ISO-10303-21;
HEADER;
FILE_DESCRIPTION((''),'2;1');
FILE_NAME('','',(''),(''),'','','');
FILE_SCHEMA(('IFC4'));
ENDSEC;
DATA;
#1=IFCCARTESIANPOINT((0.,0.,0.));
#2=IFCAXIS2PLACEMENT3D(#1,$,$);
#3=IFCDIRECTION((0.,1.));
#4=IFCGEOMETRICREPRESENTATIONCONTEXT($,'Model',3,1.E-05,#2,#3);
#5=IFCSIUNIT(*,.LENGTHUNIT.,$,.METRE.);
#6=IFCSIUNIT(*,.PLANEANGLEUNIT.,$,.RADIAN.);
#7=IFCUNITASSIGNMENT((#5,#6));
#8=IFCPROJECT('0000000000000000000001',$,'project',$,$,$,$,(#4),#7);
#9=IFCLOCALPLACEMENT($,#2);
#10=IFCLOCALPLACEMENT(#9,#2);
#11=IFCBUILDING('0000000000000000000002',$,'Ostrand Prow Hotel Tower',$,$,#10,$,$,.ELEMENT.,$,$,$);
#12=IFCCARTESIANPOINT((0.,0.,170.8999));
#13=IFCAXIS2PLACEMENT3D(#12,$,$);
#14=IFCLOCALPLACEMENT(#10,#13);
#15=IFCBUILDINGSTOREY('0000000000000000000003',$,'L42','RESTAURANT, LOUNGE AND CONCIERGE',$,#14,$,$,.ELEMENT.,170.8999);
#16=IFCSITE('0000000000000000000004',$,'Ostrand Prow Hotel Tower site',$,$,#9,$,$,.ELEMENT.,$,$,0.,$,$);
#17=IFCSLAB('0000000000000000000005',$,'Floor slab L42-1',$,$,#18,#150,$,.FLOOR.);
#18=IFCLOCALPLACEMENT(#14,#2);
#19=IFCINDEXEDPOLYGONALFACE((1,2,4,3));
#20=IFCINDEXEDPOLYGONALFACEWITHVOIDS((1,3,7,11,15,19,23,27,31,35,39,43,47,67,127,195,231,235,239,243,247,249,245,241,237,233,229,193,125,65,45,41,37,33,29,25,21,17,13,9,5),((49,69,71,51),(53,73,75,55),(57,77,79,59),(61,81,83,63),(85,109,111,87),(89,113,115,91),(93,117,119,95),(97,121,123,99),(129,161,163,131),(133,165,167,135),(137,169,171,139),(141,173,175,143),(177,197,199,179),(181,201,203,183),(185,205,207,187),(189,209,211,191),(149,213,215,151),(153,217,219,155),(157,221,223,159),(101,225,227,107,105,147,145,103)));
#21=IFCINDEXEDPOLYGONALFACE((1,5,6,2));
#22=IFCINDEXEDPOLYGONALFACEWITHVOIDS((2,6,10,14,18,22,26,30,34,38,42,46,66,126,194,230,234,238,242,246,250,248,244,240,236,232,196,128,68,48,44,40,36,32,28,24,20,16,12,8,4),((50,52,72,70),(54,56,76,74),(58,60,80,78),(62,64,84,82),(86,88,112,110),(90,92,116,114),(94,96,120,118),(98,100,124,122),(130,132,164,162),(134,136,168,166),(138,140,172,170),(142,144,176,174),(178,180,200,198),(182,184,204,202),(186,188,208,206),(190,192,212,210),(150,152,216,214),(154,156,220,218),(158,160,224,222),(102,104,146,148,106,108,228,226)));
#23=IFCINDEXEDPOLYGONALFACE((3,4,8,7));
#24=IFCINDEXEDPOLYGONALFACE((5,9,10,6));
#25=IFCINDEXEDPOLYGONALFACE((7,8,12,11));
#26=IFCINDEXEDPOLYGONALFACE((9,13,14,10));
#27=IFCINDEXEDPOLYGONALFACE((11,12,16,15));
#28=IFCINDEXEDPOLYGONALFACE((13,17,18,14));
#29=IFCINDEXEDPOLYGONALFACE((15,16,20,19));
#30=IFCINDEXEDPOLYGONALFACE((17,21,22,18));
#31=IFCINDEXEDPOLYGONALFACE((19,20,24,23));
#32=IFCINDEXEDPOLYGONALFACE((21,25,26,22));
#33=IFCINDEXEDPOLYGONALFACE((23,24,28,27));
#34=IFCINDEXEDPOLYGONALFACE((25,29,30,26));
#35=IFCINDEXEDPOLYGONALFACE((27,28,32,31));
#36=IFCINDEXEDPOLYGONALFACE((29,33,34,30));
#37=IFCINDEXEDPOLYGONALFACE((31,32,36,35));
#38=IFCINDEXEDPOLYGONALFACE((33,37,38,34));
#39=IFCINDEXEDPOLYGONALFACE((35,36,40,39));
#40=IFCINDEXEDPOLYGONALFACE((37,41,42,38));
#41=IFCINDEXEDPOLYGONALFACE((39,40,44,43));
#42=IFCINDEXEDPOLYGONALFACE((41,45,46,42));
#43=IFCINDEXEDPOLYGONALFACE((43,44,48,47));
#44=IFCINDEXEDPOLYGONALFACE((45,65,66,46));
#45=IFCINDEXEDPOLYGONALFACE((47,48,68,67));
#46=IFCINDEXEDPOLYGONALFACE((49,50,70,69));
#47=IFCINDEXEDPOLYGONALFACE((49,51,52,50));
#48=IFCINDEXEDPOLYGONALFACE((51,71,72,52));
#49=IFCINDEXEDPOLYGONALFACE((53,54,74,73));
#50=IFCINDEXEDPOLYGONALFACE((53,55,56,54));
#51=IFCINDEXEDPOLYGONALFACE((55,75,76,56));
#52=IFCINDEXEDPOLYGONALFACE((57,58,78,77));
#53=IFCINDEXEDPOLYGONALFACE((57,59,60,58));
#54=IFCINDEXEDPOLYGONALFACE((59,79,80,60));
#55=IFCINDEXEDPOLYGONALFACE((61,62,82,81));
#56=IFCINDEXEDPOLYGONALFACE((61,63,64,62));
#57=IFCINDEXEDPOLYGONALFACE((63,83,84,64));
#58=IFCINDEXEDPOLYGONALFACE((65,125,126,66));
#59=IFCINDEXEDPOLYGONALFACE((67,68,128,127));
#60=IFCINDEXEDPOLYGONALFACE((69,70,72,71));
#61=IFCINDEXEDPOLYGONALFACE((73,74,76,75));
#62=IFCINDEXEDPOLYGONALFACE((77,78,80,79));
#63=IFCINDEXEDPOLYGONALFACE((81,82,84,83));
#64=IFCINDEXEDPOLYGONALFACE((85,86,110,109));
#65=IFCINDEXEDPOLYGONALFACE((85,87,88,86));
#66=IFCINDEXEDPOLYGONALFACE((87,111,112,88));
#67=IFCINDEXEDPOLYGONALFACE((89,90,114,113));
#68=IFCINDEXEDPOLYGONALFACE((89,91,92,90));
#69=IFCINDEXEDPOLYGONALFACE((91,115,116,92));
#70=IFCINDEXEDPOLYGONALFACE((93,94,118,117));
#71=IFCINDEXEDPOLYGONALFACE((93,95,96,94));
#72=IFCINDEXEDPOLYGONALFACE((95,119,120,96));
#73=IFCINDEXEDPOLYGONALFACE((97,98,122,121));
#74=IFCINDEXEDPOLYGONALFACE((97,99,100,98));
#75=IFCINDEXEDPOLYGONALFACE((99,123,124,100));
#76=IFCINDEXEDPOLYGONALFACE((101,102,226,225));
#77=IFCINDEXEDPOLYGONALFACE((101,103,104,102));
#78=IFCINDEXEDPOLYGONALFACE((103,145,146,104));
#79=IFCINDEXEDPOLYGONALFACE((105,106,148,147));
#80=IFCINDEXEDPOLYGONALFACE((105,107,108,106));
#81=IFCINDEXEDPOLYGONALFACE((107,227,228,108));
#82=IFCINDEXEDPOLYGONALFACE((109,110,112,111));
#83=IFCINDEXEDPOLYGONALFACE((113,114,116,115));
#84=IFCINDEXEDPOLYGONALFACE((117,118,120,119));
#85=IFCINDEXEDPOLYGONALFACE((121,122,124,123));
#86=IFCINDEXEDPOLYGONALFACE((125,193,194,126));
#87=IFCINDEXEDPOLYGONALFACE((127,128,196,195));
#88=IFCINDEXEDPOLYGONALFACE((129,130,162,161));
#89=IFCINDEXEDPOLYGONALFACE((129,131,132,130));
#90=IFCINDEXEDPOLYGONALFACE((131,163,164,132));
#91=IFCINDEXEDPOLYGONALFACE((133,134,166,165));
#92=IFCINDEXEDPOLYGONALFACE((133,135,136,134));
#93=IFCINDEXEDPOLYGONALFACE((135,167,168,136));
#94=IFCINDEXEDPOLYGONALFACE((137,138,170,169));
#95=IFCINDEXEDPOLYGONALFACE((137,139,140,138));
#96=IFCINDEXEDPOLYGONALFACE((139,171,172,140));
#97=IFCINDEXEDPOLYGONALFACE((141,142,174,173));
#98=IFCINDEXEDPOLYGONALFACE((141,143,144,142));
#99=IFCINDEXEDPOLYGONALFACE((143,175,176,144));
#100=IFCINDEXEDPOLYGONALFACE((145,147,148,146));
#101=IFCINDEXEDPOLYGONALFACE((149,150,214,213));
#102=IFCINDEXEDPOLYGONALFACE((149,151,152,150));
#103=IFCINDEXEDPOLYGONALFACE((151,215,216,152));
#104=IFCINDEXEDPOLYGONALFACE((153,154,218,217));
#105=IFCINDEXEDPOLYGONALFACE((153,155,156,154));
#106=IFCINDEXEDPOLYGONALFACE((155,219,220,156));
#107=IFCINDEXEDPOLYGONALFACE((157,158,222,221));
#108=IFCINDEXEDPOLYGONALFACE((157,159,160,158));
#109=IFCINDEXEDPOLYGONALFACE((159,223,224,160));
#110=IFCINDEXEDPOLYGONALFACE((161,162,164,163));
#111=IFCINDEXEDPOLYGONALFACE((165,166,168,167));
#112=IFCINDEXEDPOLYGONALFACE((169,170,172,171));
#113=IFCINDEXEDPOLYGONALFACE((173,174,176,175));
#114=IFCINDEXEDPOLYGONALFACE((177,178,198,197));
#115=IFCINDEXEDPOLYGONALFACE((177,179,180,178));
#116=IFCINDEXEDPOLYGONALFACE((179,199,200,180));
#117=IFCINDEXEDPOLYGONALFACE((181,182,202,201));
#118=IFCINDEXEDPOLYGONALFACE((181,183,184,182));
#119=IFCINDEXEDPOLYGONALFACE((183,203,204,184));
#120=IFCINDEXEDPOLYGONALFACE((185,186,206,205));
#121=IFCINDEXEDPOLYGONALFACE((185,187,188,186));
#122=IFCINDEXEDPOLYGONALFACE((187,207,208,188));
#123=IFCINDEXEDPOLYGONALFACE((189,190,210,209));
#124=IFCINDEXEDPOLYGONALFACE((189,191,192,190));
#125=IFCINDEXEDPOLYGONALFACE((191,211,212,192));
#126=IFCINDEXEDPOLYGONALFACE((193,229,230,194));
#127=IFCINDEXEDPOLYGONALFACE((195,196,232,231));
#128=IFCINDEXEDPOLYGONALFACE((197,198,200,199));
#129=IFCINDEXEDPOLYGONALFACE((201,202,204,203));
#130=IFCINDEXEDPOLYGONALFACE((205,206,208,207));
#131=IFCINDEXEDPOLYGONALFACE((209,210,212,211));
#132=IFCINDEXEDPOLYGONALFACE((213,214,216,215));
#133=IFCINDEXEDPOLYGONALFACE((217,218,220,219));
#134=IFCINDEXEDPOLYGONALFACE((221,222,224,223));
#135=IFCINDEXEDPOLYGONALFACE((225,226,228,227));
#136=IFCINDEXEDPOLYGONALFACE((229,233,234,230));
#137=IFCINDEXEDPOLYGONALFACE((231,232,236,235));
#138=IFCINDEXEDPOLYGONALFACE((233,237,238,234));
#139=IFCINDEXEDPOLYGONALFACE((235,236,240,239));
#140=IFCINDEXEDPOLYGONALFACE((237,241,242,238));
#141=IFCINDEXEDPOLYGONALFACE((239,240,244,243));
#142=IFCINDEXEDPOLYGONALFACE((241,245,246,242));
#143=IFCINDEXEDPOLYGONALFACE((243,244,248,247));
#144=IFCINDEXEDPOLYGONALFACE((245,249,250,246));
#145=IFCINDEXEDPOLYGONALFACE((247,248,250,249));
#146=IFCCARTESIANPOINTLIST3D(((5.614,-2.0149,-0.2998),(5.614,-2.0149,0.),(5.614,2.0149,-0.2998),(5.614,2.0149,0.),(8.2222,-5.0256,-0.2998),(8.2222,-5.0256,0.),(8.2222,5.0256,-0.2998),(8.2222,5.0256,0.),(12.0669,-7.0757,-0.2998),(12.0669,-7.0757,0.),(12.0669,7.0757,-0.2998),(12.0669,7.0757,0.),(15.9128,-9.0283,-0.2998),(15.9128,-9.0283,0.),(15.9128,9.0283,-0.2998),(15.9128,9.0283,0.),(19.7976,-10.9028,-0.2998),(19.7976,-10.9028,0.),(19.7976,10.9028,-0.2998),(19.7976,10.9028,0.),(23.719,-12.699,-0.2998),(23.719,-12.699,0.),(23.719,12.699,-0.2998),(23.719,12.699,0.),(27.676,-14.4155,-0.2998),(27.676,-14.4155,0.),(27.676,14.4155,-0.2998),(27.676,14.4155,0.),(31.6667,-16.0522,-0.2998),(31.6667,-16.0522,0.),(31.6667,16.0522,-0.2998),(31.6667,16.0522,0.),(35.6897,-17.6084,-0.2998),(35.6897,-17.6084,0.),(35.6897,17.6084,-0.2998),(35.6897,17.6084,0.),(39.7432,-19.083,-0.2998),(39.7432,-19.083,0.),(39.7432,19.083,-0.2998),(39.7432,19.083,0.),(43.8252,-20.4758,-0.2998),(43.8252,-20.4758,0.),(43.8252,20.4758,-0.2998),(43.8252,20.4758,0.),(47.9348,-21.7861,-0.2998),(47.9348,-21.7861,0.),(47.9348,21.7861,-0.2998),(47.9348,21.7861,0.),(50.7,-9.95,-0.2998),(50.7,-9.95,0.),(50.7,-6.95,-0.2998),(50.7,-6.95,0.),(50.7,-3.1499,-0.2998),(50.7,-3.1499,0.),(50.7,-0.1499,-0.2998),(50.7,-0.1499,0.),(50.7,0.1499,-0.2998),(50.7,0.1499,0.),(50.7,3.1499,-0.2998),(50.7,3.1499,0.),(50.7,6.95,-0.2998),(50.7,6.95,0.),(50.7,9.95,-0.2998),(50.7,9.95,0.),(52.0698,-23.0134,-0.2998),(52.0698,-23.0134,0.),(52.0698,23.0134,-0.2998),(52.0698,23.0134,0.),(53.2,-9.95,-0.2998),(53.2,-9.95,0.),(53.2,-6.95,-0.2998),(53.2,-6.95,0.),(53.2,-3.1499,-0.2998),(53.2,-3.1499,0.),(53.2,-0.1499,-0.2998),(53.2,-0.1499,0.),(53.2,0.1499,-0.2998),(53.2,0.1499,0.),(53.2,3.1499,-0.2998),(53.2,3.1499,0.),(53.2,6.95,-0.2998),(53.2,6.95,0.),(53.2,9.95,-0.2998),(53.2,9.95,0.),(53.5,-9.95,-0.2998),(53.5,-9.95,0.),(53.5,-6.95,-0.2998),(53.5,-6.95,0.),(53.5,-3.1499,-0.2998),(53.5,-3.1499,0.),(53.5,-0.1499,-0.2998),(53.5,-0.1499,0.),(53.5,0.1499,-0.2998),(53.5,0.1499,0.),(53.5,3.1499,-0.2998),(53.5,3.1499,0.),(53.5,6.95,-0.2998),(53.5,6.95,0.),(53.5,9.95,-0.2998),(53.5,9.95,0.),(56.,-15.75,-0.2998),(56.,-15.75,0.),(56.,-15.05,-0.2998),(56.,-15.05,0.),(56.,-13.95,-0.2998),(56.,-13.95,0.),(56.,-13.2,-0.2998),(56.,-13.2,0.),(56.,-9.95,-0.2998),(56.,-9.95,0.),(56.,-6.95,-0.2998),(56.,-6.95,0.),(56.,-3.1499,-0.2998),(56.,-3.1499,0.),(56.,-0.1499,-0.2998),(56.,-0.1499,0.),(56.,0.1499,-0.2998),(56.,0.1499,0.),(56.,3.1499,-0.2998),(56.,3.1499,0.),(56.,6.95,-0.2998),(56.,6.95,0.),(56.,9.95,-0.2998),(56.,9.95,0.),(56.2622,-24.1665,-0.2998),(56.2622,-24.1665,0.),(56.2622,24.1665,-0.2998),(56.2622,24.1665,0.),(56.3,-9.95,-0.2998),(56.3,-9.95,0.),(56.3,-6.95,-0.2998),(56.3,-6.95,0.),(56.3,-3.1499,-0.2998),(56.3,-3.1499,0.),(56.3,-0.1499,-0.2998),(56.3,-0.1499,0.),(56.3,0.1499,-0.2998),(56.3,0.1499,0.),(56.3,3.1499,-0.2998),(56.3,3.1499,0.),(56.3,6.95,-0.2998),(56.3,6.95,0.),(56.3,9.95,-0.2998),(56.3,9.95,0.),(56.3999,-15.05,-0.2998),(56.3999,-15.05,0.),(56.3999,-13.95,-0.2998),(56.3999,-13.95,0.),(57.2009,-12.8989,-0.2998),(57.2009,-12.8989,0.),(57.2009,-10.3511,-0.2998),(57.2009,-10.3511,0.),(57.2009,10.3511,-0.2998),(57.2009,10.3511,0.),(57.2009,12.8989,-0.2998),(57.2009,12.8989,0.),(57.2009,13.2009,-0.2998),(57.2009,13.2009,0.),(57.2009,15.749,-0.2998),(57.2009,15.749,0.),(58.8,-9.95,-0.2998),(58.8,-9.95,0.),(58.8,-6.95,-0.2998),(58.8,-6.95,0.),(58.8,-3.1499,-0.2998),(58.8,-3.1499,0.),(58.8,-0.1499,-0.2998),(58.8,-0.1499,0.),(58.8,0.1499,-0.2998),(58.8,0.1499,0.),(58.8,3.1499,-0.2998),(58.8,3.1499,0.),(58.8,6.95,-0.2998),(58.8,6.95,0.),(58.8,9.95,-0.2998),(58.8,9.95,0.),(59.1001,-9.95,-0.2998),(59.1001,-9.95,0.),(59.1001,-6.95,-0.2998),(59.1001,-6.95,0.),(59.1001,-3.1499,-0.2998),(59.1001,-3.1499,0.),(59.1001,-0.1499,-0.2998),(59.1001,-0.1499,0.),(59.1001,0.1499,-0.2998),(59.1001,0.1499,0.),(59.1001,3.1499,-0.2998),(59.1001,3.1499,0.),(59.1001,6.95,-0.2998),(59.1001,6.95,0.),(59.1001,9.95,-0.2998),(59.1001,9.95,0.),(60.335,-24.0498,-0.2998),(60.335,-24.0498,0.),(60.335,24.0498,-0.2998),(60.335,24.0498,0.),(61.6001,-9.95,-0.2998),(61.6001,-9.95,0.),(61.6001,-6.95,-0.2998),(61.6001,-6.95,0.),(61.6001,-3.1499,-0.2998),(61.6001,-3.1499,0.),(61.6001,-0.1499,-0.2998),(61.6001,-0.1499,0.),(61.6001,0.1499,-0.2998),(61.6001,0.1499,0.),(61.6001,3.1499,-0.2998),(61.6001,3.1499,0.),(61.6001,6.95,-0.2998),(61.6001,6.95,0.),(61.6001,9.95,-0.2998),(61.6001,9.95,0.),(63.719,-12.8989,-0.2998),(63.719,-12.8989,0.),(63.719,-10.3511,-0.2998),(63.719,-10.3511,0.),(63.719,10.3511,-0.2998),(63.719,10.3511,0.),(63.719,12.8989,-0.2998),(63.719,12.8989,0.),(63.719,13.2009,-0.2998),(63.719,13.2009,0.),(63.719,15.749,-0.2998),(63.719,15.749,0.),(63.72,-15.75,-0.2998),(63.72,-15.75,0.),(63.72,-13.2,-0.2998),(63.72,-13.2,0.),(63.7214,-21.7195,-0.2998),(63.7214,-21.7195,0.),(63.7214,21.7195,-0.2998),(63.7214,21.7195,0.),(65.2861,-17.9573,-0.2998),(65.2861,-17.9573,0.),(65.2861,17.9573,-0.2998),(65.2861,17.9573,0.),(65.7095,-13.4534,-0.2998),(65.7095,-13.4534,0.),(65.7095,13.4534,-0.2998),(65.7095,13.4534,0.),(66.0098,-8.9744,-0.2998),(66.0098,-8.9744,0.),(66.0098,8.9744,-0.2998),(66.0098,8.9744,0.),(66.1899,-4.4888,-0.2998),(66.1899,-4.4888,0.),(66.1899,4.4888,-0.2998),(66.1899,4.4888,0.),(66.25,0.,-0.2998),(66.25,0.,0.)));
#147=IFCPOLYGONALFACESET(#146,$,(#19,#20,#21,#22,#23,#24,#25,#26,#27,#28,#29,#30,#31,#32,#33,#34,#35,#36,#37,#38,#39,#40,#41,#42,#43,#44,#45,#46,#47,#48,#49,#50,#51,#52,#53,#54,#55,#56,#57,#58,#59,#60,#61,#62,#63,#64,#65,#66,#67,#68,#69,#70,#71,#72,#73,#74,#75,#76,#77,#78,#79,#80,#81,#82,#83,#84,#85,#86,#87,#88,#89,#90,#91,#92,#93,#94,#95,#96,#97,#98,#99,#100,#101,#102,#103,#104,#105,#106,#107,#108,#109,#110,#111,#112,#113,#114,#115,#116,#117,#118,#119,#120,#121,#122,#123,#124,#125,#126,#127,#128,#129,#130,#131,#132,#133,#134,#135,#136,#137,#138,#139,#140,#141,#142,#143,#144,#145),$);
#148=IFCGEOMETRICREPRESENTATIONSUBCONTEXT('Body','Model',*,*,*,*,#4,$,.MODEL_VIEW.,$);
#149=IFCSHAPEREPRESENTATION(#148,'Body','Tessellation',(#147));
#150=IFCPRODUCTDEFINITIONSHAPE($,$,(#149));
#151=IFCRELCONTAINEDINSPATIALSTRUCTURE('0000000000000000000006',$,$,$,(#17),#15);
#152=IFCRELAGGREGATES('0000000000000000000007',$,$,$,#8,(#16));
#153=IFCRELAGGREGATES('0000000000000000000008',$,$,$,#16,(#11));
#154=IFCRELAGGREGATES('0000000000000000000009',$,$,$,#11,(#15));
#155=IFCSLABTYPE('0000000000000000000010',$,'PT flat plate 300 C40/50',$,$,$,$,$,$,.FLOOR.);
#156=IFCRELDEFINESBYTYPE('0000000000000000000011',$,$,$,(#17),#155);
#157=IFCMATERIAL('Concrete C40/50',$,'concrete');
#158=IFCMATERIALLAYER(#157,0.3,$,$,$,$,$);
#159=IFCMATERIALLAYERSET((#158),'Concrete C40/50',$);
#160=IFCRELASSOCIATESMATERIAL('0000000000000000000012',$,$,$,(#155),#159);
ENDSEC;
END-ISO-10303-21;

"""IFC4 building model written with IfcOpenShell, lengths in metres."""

from ifc_helpers import new_model, si_unit, direction, frame, origin, place, context, subcontext, project, spatial, polyline, outline, extrude, material, layer, layer_set, type_object, element, save


model = new_model("IFC4")

# Units and contexts
model_context = context("Model", 3, precision=1e-05, world=origin(), true_north=direction((0.0, 1.0)))
body_context = subcontext(model_context, "Body", "Model", "MODEL_VIEW")
ifc_project = project(units=[si_unit("LENGTHUNIT", "METRE"), si_unit("PLANEANGLEUNIT", "RADIAN")], contexts=[model_context])

# Site, building, storey
site_placement = place(None, origin())
site = spatial("IfcSite", under=ifc_project, at=site_placement, Name="Ostrand Prow Hotel Tower site", CompositionType="ELEMENT", RefElevation=0.0)
building_placement = place(site_placement, origin())
building = spatial("IfcBuilding", under=site, at=building_placement, Name="Ostrand Prow Hotel Tower", CompositionType="ELEMENT")
storey_placement = place(building_placement, frame((0.0, 0.0, 170.8999)))
storey = spatial("IfcBuildingStorey", under=building, at=storey_placement, Name="L42", Description="RESTAURANT, LOUNGE AND CONCIERGE", CompositionType="ELEMENT", Elevation=170.8999)

# Slab, opening
ifc_material_1 = material(Name="Concrete C40/50", Category="concrete")
ifc_layer_1 = layer(ifc_material_1, 0.3)
ifc_layer_set_1 = layer_set([ifc_layer_1], Name="Concrete C40/50")
slab_type_1 = type_object("IfcSlabType", Name="PT flat plate 300 C40/50", PredefinedType="FLOOR", material=ifc_layer_set_1)
slab_1_placement = place(storey_placement, frame((0.0, 0.0, -0.2998)))
slab_1 = element("IfcSlab", 1, at=slab_1_placement, inside=storey, type_object=slab_type_1, Name="Floor slab L42-1", PredefinedType="FLOOR", context=body_context, shape_type="SweptSolid", body=[
    extrude(outline(polyline([(8.2222, 5.0256), (12.0669, 7.0757), (15.9128, 9.0283), (19.7976, 10.9028), (23.719, 12.699), (27.676, 14.4155), (31.6667, 16.0522), (35.6897, 17.6084), (39.7432, 19.083), (43.8252, 20.4758), (47.9348, 21.7861), (52.0698, 23.0134), (56.2622, 24.1665), (60.335, 24.0498), (63.7214, 21.7195), (65.2861, 17.9573), (65.7095, 13.4534), (66.0098, 8.9744), (66.1899, 4.4888), (66.25, 0.0), (66.1899, -4.4888), (66.0098, -8.9744), (65.7095, -13.4534), (65.2861, -17.9573), (63.7214, -21.7195), (60.335, -24.0498), (56.2622, -24.1665), (52.0698, -23.0134), (47.9348, -21.7861), (43.8252, -20.4758), (39.7432, -19.083), (35.6897, -17.6084), (31.6667, -16.0522), (27.676, -14.4155), (23.719, -12.699), (19.7976, -10.9028), (15.9128, -9.0283), (12.0669, -7.0757), (8.2222, -5.0256), (5.614, -2.0149), (5.614, 2.0149), (8.2222, 5.0256)]), holes=[polyline([(50.7, 6.95), (53.2, 6.95), (53.2, 9.95), (50.7, 9.95), (50.7, 6.95)]), polyline([(53.5, 6.95), (56.0, 6.95), (56.0, 9.95), (53.5, 9.95), (53.5, 6.95)]), polyline([(56.3, 6.95), (58.8, 6.95), (58.8, 9.95), (56.3, 9.95), (56.3, 6.95)]), polyline([(59.1001, 6.95), (61.6001, 6.95), (61.6001, 9.95), (59.1001, 9.95), (59.1001, 6.95)]), polyline([(50.7, 0.1499), (53.2, 0.1499), (53.2, 3.1499), (50.7, 3.1499), (50.7, 0.1499)]), polyline([(53.5, 0.1499), (56.0, 0.1499), (56.0, 3.1499), (53.5, 3.1499), (53.5, 0.1499)]), polyline([(56.3, 0.1499), (58.8, 0.1499), (58.8, 3.1499), (56.3, 3.1499), (56.3, 0.1499)]), polyline([(59.1001, 0.1499), (61.6001, 0.1499), (61.6001, 3.1499), (59.1001, 3.1499), (59.1001, 0.1499)]), polyline([(50.7, -3.1499), (53.2, -3.1499), (53.2, -0.1499), (50.7, -0.1499), (50.7, -3.1499)]), polyline([(53.5, -3.1499), (56.0, -3.1499), (56.0, -0.1499), (53.5, -0.1499), (53.5, -3.1499)]), polyline([(56.3, -3.1499), (58.8, -3.1499), (58.8, -0.1499), (56.3, -0.1499), (56.3, -3.1499)]), polyline([(59.1001, -3.1499), (61.6001, -3.1499), (61.6001, -0.1499), (59.1001, -0.1499), (59.1001, -3.1499)]), polyline([(50.7, -9.95), (53.2, -9.95), (53.2, -6.95), (50.7, -6.95), (50.7, -9.95)]), polyline([(53.5, -9.95), (56.0, -9.95), (56.0, -6.95), (53.5, -6.95), (53.5, -9.95)]), polyline([(56.3, -9.95), (58.8, -9.95), (58.8, -6.95), (56.3, -6.95), (56.3, -9.95)]), polyline([(59.1001, -9.95), (61.6001, -9.95), (61.6001, -6.95), (59.1001, -6.95), (59.1001, -9.95)]), polyline([(57.2009, 10.3511), (57.2009, 12.8989), (63.719, 12.8989), (63.719, 10.3511), (57.2009, 10.3511)]), polyline([(57.2009, 13.2009), (57.2009, 15.749), (63.719, 15.749), (63.719, 13.2009), (57.2009, 13.2009)]), polyline([(57.2009, -12.8989), (57.2009, -10.3511), (63.719, -10.3511), (63.719, -12.8989), (57.2009, -12.8989)]), polyline([(56.3999, -15.05), (56.3999, -13.95), (56.0, -13.95), (56.0, -13.2), (63.72, -13.2), (63.72, -15.75), (56.0, -15.75), (56.0, -15.05), (56.3999, -15.05)])]), origin(), (0.0, 0.0, 1.0), 0.2998),
])
opening_1_placement = place(slab_1_placement, origin())
element("IfcOpeningElement", 2, at=opening_1_placement, cuts=slab_1, PredefinedType="OPENING", context=body_context, shape_type="SweptSolid", body=[
    extrude(outline(polyline([(56.3999, -15.05), (56.3999, -13.95), (56.0, -13.95), (56.0, -13.2), (63.72, -13.2), (63.72, -15.75), (56.0, -15.75), (56.0, -15.05), (56.3999, -15.05)])), origin(), (0.0, 0.0, 1.0), 0.2998),
])

save(model, "model.ifc")
